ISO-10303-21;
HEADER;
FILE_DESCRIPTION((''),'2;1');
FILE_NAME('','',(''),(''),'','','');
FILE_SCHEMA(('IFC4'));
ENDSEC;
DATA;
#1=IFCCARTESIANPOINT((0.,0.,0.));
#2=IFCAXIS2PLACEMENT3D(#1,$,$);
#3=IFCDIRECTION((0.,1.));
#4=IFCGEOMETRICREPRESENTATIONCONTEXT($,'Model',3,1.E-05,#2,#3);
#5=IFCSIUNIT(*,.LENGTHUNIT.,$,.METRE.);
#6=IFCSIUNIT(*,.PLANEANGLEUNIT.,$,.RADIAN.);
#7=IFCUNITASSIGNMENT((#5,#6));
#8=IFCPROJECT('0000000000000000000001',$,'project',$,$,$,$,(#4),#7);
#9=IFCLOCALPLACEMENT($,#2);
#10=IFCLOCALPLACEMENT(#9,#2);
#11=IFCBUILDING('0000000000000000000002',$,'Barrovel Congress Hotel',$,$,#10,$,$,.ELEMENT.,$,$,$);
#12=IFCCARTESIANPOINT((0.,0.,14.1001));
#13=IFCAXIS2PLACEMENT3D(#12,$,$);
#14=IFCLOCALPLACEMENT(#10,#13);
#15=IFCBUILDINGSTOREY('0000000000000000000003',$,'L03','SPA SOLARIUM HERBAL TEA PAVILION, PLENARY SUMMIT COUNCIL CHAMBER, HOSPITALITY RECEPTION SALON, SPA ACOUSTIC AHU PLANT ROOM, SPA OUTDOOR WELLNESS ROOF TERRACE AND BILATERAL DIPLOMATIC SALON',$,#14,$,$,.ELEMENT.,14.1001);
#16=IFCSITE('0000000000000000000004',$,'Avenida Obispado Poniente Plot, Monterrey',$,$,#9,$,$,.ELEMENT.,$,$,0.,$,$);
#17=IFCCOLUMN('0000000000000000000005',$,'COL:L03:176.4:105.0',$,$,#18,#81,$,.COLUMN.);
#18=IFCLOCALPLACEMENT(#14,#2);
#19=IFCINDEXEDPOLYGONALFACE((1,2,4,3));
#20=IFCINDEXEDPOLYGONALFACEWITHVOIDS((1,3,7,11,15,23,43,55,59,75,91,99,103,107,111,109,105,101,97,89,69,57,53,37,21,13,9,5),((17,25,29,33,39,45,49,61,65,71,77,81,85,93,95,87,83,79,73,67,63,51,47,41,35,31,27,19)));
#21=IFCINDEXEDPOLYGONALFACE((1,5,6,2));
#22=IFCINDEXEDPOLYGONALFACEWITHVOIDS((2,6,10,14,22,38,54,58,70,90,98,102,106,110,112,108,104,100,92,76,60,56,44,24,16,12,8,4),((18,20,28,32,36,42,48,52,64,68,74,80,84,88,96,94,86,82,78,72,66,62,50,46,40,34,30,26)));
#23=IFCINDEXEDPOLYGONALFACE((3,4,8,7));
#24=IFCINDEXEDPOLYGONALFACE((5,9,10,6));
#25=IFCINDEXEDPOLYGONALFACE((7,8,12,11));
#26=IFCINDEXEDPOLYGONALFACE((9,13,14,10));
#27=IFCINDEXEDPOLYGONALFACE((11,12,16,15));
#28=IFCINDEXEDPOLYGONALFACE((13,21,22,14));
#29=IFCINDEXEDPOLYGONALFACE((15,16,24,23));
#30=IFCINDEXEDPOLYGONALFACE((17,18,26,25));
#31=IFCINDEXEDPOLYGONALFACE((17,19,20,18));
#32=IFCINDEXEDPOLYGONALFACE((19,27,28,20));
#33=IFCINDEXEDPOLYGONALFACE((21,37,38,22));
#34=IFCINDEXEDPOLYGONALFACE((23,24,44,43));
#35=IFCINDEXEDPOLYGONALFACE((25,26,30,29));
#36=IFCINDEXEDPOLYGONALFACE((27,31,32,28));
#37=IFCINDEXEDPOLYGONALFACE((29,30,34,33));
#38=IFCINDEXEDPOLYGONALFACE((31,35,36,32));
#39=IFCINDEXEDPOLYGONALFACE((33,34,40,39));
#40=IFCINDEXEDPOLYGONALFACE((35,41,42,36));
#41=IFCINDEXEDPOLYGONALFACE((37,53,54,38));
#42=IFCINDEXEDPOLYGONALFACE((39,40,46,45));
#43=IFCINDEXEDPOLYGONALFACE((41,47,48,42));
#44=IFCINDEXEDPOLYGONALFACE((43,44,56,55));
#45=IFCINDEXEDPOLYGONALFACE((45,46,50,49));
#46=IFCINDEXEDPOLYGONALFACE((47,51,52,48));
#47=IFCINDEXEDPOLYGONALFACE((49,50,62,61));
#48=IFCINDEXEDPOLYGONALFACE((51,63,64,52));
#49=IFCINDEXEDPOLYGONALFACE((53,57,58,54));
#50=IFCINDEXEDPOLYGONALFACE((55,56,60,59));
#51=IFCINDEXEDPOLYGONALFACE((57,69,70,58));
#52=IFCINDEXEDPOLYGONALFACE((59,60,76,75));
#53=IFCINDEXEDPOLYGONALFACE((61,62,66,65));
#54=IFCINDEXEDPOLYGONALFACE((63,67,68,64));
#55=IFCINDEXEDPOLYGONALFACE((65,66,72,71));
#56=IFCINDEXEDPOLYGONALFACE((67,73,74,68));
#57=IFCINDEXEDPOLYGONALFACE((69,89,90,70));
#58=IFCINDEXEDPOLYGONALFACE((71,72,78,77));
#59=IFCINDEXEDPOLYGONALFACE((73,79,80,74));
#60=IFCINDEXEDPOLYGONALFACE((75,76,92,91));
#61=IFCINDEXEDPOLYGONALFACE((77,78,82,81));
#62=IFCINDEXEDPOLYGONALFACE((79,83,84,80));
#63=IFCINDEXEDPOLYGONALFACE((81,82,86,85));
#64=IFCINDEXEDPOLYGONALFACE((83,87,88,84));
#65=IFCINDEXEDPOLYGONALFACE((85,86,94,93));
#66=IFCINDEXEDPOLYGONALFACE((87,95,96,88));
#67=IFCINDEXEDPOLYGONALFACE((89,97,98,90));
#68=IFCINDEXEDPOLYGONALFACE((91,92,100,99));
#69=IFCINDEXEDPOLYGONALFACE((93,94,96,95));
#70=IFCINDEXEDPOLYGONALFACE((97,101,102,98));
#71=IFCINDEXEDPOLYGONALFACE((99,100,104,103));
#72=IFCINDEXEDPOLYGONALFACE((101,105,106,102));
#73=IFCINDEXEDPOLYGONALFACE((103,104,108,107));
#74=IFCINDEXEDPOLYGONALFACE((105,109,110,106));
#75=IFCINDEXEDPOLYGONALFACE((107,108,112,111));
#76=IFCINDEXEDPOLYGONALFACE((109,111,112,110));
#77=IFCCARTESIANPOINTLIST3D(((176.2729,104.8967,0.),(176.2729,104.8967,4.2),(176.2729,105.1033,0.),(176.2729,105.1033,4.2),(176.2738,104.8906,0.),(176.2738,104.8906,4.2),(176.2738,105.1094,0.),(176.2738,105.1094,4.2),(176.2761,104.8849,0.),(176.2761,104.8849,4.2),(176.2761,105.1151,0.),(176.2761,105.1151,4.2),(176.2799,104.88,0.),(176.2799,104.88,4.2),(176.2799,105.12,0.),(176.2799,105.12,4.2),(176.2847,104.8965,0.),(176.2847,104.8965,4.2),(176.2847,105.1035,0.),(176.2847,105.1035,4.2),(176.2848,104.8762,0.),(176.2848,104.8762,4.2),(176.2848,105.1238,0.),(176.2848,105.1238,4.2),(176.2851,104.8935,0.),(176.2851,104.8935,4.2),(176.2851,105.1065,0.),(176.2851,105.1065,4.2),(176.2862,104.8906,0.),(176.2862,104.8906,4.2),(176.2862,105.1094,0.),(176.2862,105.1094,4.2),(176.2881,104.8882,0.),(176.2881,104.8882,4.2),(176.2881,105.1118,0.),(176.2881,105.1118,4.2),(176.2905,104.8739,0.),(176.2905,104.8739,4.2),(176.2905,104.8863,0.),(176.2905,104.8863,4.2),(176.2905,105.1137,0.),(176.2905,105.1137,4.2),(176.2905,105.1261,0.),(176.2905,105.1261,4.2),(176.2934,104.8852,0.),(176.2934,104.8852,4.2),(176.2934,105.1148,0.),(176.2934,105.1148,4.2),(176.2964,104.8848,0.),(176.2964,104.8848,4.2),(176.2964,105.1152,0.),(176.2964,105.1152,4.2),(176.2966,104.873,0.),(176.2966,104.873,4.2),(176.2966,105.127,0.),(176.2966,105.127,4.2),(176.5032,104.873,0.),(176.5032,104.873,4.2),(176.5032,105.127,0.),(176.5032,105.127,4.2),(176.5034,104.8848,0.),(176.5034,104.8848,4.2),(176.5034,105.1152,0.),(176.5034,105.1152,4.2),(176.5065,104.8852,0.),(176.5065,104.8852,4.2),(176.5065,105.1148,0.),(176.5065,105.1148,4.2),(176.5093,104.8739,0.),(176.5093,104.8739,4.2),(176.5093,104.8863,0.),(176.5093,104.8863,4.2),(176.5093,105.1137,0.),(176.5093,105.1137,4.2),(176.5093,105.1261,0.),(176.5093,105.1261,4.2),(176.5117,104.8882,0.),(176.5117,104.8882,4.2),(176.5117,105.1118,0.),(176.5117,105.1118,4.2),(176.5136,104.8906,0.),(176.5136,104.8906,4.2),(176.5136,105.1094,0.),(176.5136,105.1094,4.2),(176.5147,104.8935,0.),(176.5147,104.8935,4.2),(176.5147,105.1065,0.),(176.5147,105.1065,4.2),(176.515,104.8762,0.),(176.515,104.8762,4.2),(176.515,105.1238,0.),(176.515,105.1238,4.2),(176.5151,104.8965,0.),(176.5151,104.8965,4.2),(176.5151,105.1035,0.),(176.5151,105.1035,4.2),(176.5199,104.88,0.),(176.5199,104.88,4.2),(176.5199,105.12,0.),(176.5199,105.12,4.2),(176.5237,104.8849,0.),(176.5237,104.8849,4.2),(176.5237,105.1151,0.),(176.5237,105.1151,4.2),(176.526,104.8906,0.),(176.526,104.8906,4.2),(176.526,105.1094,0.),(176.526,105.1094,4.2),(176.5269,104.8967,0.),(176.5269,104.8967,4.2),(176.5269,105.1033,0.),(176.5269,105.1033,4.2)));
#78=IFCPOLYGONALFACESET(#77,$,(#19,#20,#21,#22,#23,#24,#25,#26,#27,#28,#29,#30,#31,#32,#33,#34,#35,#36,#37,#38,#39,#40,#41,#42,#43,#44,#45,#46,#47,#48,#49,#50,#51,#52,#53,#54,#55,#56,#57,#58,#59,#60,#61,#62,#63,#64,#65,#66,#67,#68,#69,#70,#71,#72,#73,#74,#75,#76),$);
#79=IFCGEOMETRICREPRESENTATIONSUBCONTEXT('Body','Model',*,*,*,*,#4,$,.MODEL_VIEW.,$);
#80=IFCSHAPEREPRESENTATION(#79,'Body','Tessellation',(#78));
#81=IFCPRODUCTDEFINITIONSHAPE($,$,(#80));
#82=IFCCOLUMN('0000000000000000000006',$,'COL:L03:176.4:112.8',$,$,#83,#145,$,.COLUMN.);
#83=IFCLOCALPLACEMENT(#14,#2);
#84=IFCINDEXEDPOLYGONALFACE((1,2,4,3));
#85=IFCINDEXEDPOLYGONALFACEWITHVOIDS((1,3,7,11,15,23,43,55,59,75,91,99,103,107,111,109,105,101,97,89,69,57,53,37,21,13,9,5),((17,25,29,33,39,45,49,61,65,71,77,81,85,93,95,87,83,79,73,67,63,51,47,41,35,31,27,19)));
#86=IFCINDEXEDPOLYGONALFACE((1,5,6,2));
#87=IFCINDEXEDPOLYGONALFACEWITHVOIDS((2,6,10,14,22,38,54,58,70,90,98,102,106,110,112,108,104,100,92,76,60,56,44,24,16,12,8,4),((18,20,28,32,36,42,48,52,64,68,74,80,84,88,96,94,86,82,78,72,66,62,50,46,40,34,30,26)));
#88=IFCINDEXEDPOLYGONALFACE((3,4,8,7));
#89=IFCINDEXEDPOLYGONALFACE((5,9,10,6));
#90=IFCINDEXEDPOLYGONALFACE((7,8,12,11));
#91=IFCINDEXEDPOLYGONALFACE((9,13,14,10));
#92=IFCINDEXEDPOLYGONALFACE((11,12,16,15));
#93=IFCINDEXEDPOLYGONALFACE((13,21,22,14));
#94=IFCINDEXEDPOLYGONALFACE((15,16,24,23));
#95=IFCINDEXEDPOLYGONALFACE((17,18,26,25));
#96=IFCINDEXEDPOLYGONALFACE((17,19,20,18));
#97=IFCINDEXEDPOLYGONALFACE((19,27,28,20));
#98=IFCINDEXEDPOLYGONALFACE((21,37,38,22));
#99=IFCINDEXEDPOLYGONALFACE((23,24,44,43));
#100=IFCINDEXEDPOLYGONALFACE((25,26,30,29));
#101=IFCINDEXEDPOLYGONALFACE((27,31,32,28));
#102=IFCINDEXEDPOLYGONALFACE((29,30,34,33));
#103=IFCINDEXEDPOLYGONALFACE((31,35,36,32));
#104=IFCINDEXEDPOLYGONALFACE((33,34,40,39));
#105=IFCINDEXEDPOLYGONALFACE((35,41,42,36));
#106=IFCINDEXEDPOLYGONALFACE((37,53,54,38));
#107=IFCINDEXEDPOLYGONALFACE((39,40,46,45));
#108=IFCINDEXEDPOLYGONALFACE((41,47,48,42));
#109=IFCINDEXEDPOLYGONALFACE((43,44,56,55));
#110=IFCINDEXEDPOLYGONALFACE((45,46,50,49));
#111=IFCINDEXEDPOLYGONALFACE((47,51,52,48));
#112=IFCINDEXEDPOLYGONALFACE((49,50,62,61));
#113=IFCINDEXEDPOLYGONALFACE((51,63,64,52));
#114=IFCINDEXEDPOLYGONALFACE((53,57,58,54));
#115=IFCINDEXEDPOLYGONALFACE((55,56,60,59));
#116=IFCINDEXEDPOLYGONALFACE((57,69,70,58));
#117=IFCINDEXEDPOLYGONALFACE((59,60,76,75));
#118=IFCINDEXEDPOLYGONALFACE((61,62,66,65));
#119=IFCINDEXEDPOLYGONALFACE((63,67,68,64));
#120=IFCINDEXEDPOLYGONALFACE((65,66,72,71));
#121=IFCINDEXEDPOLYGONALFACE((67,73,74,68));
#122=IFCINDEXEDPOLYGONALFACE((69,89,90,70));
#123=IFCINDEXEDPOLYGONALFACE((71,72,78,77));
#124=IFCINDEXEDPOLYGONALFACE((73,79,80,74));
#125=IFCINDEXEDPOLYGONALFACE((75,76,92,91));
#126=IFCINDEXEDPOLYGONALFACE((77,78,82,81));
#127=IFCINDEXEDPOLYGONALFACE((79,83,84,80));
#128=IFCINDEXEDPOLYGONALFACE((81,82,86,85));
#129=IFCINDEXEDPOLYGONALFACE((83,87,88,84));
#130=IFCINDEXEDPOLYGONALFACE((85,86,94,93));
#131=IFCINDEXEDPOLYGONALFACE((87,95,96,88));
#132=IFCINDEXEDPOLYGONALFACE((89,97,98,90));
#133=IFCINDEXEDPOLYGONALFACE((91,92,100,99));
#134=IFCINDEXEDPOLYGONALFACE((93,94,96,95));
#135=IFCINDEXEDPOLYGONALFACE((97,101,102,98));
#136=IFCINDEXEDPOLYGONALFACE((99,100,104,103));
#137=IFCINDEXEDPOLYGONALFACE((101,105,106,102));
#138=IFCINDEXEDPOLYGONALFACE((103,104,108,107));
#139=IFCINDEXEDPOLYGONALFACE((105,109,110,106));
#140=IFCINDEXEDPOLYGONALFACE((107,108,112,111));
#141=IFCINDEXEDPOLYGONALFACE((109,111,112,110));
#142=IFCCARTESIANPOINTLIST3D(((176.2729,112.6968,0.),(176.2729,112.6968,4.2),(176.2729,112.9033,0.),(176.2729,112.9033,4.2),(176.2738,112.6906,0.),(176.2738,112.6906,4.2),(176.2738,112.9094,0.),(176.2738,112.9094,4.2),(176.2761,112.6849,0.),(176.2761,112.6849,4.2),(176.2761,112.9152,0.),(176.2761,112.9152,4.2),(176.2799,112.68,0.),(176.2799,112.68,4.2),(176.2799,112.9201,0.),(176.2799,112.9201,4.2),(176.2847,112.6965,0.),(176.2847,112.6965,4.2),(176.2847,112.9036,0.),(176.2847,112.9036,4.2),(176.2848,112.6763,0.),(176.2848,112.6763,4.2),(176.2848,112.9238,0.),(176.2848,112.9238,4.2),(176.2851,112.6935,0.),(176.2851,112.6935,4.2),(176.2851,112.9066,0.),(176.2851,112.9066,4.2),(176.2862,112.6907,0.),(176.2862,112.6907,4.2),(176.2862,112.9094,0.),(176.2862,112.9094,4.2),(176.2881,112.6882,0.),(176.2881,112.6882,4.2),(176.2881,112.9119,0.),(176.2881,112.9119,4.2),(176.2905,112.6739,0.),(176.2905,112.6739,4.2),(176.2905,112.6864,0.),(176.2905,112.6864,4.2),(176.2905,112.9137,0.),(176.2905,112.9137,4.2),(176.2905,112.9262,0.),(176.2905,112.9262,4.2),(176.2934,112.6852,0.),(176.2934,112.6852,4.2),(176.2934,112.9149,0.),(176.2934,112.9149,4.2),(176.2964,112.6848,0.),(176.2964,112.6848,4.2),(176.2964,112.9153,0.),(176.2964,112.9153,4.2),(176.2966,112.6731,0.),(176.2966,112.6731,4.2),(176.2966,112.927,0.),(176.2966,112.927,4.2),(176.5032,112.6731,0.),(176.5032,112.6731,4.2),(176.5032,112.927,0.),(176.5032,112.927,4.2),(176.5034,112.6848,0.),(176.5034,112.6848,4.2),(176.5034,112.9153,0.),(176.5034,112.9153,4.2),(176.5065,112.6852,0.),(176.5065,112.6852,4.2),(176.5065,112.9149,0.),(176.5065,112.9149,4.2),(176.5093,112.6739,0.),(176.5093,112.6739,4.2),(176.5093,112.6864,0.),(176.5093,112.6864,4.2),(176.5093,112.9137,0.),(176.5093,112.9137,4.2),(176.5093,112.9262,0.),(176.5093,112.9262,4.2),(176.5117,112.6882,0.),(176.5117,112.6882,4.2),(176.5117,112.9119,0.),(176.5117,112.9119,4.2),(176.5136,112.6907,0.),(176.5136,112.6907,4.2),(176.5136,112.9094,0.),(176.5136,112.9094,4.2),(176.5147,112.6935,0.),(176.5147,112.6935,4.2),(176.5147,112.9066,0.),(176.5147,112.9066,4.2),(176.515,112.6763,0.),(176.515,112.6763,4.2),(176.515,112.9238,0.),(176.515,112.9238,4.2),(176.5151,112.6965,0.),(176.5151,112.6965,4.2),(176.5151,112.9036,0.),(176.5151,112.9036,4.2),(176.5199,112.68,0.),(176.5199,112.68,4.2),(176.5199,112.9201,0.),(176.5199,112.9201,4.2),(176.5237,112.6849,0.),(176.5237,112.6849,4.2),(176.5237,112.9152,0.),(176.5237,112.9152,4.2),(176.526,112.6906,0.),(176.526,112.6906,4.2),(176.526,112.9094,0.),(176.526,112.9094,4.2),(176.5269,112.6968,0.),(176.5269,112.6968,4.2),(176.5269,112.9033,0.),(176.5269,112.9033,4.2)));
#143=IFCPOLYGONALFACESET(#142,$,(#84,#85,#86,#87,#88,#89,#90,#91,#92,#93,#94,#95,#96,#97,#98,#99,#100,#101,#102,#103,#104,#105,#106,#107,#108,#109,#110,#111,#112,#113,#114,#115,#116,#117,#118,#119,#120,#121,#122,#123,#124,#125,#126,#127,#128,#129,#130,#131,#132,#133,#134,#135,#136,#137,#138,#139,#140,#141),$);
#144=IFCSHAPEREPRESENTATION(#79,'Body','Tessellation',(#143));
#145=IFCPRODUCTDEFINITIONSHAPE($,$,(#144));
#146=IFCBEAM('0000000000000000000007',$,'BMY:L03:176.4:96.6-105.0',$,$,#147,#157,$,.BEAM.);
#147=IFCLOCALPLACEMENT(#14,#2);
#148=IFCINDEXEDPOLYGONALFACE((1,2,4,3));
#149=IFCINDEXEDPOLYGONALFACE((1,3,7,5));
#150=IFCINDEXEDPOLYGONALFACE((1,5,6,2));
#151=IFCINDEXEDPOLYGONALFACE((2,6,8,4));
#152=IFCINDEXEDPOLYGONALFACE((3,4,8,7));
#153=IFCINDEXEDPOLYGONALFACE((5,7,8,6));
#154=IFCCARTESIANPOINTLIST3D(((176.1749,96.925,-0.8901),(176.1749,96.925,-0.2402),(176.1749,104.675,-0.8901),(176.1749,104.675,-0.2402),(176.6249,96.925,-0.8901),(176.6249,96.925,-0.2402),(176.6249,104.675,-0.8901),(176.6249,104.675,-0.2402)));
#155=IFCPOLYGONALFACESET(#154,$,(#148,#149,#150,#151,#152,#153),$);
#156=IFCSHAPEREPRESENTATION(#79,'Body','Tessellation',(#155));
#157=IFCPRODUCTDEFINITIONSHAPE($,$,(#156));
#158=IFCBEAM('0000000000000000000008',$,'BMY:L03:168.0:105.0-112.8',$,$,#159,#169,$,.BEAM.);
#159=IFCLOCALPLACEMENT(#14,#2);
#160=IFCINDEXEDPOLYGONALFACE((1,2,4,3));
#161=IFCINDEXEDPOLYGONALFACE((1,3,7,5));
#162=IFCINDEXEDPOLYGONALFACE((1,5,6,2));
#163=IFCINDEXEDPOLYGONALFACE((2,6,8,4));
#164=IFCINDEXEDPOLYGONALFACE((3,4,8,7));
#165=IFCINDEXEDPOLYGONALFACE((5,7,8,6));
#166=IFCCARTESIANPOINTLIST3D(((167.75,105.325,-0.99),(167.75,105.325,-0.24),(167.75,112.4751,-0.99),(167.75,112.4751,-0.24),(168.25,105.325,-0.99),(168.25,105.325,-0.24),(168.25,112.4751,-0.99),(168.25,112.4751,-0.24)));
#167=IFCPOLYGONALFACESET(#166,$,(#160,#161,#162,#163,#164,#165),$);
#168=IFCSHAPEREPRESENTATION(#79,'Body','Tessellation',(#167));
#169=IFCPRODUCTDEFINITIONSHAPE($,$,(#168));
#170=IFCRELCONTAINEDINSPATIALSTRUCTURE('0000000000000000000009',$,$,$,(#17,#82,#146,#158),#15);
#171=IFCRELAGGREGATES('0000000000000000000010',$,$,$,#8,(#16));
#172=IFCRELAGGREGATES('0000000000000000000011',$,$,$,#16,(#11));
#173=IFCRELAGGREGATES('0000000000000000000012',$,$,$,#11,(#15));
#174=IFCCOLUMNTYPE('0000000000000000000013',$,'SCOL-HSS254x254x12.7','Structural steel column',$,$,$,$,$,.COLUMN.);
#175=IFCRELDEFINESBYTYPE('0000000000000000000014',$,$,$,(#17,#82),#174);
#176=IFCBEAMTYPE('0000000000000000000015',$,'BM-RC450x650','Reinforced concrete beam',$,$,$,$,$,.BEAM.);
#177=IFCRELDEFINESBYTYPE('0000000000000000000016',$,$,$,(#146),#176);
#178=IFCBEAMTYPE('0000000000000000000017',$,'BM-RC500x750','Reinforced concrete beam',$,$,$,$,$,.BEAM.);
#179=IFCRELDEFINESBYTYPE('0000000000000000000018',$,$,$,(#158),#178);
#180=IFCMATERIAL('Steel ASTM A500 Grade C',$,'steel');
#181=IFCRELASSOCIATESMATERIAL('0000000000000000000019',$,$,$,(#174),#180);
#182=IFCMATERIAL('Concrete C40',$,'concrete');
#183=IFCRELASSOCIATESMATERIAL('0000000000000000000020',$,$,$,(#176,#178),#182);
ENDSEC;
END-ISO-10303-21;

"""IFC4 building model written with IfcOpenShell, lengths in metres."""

from ifc_helpers import new_model, si_unit, direction, frame, origin, origin_2d, place, context, subcontext, project, spatial, rectangle, hollow_rectangle, extrude, material, material_profile, profile_set, type_object, element, save


model = new_model("IFC4")

# Units and contexts
model_context = context("Model", 3, precision=1e-05, world=origin(), true_north=direction((0.0, 1.0)))
body_context = subcontext(model_context, "Body", "Model", "MODEL_VIEW")
ifc_project = project(units=[si_unit("LENGTHUNIT", "METRE"), si_unit("PLANEANGLEUNIT", "RADIAN")], contexts=[model_context])

# Site, building, storey
site_placement = place(None, origin())
site = spatial("IfcSite", under=ifc_project, at=site_placement, Name="Avenida Obispado Poniente Plot, Monterrey", CompositionType="ELEMENT", RefElevation=0.0)
building_placement = place(site_placement, origin())
building = spatial("IfcBuilding", under=site, at=building_placement, Name="Barrovel Congress Hotel", CompositionType="ELEMENT")
storey_placement = place(building_placement, frame((0.0, 0.0, 14.1001)))
storey = spatial("IfcBuildingStorey", under=building, at=storey_placement, Name="L03", Description="SPA SOLARIUM HERBAL TEA PAVILION, PLENARY SUMMIT COUNCIL CHAMBER, HOSPITALITY RECEPTION SALON, SPA ACOUSTIC AHU PLANT ROOM, SPA OUTDOOR WELLNESS ROOF TERRACE AND BILATERAL DIPLOMATIC SALON", CompositionType="ELEMENT", Elevation=14.1001)

# Columns
ifc_material_1 = material(Name="Steel ASTM A500 Grade C", Category="steel")
ifc_material_profile_1 = material_profile(ifc_material_1, hollow_rectangle(XDim=0.2539, YDim=0.2539, WallThickness=0.0117, InnerFilletRadius=0.0117, OuterFilletRadius=0.0237, at=origin_2d()), Name="HSS254x254x12.7")
ifc_profile_set_1 = profile_set([ifc_material_profile_1], Name="Steel ASTM A500 Grade C")
column_type = type_object("IfcColumnType", Name="SCOL-HSS254x254x12.7", Description="Structural steel column", PredefinedType="COLUMN", material=ifc_profile_set_1)
for number, where, z_axis, x_axis, name in (
    (1, (176.3999, 105.0, 0.0), (0.0, 0.0, 1.0), (1.0, 0.0, 0.0), "COL:L03:176.4:105.0"),
    (2, (176.3999, 112.8, 0.0), (0.0, 0.0, 1.0), (1.0, 0.0, 0.0), "COL:L03:176.4:112.8"),
):
    element("IfcColumn", number, at=place(storey_placement, frame(where, z_axis=z_axis, x_axis=x_axis)), inside=storey, type_object=column_type, Name=name, PredefinedType="COLUMN", context=body_context, shape_type="SweptSolid", body=[
        extrude(hollow_rectangle(XDim=0.2539, YDim=0.2539, WallThickness=0.0117, InnerFilletRadius=0.0117, OuterFilletRadius=0.0237, at=origin_2d()), origin(), (0.0, 0.0, 1.0), 4.2),
    ])

# Beams
ifc_material_2 = material(Name="Concrete C40", Category="concrete")
ifc_material_profile_2 = material_profile(ifc_material_2, rectangle(XDim=0.45, YDim=0.6499, at=origin_2d()), Name="RC450x650")
ifc_profile_set_2 = profile_set([ifc_material_profile_2], Name="Concrete C40")
beam_type_1 = type_object("IfcBeamType", Name="BM-RC450x650", Description="Reinforced concrete beam", PredefinedType="BEAM", material=ifc_profile_set_2)
beam_1_placement = place(storey_placement, frame((176.3999, 96.925, -0.5652), z_axis=(0.0, 1.0, 0.0), x_axis=(-1.0, 0.0, 0.0)))
element("IfcBeam", 3, at=beam_1_placement, inside=storey, type_object=beam_type_1, Name="BMY:L03:176.4:96.6-105.0", PredefinedType="BEAM", context=body_context, shape_type="SweptSolid", body=[
    extrude(rectangle(XDim=0.45, YDim=0.6499, at=origin_2d()), origin(), (0.0, 0.0, 1.0), 7.75),
])
ifc_material_profile_3 = material_profile(ifc_material_2, rectangle(XDim=0.5, YDim=0.75, at=origin_2d()), Name="RC500x750")
ifc_profile_set_3 = profile_set([ifc_material_profile_3], Name="Concrete C40")
beam_type_2 = type_object("IfcBeamType", Name="BM-RC500x750", Description="Reinforced concrete beam", PredefinedType="BEAM", material=ifc_profile_set_3)
beam_2_placement = place(storey_placement, frame((168.0, 105.325, -0.615), z_axis=(0.0, 1.0, 0.0), x_axis=(-1.0, 0.0, 0.0)))
element("IfcBeam", 4, at=beam_2_placement, inside=storey, type_object=beam_type_2, Name="BMY:L03:168.0:105.0-112.8", PredefinedType="BEAM", context=body_context, shape_type="SweptSolid", body=[
    extrude(rectangle(XDim=0.5, YDim=0.75, at=origin_2d()), origin(), (0.0, 0.0, 1.0), 7.1501),
])

save(model, "model.ifc")
